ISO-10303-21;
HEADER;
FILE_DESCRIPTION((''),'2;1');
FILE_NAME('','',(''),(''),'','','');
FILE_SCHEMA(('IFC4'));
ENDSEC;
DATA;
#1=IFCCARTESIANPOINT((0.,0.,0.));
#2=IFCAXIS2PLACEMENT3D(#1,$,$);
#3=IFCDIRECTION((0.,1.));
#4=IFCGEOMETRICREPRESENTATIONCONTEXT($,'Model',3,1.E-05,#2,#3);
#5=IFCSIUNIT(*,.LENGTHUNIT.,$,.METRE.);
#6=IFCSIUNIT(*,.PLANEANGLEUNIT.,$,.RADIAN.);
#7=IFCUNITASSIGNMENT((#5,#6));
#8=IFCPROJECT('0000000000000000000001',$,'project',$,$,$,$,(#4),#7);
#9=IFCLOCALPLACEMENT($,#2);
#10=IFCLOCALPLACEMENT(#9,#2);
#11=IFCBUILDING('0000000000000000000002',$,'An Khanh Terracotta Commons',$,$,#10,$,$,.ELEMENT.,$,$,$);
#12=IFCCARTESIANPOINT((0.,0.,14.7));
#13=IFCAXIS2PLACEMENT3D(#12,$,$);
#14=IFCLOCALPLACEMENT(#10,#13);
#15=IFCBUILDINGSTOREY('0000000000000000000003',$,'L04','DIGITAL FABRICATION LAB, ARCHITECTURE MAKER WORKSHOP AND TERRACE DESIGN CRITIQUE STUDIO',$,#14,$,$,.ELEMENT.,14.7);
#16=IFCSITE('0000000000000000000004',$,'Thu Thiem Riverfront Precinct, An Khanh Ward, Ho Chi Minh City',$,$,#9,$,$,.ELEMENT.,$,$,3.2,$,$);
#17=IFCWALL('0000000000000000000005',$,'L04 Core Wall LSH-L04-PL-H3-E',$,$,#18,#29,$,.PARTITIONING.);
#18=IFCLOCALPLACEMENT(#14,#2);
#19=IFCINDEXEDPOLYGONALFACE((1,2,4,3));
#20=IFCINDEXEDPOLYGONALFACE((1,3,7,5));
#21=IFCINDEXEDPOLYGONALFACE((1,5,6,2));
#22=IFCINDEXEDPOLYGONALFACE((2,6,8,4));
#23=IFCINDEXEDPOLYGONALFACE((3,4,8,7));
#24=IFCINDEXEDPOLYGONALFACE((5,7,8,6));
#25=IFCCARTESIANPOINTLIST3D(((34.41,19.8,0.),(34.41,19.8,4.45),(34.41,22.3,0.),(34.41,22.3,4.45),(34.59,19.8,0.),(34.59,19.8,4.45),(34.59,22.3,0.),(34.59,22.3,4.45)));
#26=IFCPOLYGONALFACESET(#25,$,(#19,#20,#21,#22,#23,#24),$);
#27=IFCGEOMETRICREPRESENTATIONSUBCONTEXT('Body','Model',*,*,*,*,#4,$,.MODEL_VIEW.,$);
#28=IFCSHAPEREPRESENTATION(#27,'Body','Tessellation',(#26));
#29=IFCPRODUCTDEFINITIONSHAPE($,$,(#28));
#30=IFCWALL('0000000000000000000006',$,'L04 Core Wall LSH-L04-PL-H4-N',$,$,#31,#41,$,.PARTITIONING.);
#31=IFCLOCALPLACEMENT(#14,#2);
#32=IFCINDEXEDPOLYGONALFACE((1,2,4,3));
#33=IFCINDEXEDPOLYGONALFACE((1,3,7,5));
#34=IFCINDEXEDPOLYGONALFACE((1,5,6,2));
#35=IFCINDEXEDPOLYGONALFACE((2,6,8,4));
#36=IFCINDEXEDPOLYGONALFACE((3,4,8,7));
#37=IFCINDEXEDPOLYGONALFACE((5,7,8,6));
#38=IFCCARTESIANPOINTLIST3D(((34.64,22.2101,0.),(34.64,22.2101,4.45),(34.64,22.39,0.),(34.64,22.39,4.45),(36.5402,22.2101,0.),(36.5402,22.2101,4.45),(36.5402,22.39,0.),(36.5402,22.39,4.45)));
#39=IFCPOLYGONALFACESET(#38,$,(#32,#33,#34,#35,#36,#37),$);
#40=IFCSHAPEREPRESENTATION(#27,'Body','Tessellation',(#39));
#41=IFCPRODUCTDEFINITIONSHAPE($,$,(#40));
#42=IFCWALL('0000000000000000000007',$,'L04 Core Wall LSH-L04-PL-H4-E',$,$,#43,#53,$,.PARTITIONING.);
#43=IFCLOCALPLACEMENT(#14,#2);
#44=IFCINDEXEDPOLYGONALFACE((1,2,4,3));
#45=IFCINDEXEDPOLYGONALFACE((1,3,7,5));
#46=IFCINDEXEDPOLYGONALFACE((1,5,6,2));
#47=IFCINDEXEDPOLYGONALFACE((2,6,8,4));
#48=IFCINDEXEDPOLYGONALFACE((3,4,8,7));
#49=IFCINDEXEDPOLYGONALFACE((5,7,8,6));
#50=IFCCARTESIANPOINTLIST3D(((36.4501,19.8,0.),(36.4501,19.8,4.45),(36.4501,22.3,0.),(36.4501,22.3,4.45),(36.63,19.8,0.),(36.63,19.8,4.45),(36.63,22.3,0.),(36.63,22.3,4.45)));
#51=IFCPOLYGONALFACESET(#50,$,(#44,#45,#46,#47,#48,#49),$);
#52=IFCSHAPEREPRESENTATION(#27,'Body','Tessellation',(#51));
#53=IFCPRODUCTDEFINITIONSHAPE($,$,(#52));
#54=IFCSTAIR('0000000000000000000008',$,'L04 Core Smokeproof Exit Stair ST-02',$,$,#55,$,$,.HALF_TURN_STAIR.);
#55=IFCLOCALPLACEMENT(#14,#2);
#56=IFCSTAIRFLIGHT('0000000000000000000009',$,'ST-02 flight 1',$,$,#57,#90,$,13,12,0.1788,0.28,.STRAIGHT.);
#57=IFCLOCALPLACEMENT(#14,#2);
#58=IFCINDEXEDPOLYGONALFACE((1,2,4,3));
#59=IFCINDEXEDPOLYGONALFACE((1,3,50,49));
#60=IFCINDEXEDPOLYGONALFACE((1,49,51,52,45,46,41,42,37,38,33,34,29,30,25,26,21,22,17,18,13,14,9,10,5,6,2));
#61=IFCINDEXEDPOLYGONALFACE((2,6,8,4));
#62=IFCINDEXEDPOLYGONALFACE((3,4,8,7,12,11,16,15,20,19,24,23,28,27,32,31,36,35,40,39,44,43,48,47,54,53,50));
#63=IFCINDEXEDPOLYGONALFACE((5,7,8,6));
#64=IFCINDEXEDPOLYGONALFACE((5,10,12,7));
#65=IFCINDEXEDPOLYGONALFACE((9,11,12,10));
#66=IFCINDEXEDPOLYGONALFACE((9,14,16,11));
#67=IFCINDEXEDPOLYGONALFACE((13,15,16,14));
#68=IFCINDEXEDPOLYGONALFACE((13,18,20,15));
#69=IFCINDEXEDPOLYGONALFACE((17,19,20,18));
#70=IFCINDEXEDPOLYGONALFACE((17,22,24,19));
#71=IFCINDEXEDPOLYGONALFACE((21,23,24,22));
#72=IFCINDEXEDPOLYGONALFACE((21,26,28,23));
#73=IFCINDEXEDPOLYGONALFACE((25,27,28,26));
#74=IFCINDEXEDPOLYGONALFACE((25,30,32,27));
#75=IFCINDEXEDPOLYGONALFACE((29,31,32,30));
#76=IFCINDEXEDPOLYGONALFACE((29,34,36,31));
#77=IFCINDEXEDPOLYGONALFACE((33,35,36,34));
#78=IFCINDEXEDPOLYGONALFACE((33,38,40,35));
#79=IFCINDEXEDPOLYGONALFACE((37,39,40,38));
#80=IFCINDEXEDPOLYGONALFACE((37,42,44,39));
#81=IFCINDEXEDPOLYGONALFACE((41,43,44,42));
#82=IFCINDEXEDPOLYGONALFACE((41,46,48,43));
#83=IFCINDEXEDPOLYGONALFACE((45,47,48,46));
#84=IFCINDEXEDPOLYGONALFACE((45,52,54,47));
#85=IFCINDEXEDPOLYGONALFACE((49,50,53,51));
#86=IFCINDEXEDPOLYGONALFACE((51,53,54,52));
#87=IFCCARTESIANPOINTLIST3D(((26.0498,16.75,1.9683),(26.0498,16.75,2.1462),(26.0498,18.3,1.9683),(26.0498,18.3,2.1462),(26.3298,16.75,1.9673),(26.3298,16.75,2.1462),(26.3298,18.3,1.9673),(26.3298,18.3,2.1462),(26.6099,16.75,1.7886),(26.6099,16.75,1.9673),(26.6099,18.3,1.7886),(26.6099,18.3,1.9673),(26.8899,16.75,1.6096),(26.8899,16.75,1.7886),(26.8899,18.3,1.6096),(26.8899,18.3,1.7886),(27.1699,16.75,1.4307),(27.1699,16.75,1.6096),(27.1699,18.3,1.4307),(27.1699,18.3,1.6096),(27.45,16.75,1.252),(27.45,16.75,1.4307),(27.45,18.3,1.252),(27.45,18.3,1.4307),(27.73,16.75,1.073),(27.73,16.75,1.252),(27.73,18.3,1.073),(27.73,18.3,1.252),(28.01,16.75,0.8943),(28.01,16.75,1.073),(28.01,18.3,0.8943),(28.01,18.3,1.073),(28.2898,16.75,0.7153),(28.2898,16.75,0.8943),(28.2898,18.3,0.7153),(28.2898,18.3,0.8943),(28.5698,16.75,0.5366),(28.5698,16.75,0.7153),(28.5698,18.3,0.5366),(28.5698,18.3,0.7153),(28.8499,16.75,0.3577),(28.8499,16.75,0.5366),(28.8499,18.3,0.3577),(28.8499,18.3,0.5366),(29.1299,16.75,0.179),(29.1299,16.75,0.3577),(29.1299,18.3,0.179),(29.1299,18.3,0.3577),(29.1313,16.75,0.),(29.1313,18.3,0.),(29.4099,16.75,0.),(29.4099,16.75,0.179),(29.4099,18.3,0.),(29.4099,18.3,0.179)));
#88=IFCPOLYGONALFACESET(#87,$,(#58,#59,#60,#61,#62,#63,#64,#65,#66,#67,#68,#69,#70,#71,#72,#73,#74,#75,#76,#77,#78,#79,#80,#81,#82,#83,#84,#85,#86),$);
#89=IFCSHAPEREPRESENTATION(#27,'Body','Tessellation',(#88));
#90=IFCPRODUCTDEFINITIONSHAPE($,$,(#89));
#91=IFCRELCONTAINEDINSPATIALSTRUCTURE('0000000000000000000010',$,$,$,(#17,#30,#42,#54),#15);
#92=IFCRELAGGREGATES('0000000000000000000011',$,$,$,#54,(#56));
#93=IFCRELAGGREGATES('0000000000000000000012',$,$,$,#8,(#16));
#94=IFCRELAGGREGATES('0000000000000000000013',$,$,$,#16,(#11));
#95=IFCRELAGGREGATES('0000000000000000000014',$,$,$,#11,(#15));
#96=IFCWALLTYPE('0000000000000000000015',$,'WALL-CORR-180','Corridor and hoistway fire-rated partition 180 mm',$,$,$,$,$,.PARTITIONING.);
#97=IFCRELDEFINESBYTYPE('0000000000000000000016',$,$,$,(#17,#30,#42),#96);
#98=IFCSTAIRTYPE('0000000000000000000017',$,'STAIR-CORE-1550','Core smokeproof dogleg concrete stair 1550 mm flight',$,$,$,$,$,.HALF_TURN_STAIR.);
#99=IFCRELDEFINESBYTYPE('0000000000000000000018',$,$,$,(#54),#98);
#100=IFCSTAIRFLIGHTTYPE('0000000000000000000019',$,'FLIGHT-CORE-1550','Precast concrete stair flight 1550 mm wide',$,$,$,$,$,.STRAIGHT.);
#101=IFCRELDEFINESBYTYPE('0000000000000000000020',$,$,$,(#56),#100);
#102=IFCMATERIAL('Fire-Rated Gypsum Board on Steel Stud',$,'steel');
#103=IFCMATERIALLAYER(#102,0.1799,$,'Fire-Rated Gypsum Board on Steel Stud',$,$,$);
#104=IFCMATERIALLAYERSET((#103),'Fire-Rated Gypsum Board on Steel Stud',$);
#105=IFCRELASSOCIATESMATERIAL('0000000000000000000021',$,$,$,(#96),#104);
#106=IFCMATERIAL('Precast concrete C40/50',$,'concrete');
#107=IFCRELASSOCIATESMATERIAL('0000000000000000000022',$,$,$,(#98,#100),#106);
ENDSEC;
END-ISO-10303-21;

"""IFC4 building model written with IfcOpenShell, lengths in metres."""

from ifc_helpers import new_model, si_unit, direction, frame, frame_2d, origin, place, context, subcontext, project, spatial, polyline, rectangle, outline, extrude, material, layer, layer_set, type_object, element, aggregate, save


model = new_model("IFC4")

# Units and contexts
model_context = context("Model", 3, precision=1e-05, world=origin(), true_north=direction((0.0, 1.0)))
body_context = subcontext(model_context, "Body", "Model", "MODEL_VIEW")
ifc_project = project(units=[si_unit("LENGTHUNIT", "METRE"), si_unit("PLANEANGLEUNIT", "RADIAN")], contexts=[model_context])

# Site, building, storey
site_placement = place(None, origin())
site = spatial("IfcSite", under=ifc_project, at=site_placement, Name="Thu Thiem Riverfront Precinct, An Khanh Ward, Ho Chi Minh City", CompositionType="ELEMENT", RefElevation=3.2)
building_placement = place(site_placement, origin())
building = spatial("IfcBuilding", under=site, at=building_placement, Name="An Khanh Terracotta Commons", CompositionType="ELEMENT")
storey_placement = place(building_placement, frame((0.0, 0.0, 14.7)))
storey = spatial("IfcBuildingStorey", under=building, at=storey_placement, Name="L04", Description="DIGITAL FABRICATION LAB, ARCHITECTURE MAKER WORKSHOP AND TERRACE DESIGN CRITIQUE STUDIO", CompositionType="ELEMENT", Elevation=14.7)

# Shared definitions
ifc_material_1 = material(Name="Fire-Rated Gypsum Board on Steel Stud", Category="steel")
ifc_layer = layer(ifc_material_1, 0.1799, Name="Fire-Rated Gypsum Board on Steel Stud")
ifc_layer_set = layer_set([ifc_layer], Name="Fire-Rated Gypsum Board on Steel Stud")
wall_type = type_object("IfcWallType", Name="WALL-CORR-180", Description="Corridor and hoistway fire-rated partition 180 mm", PredefinedType="PARTITIONING", material=ifc_layer_set)

# Walls
wall_1_placement = place(storey_placement, frame((34.5, 19.8, 0.0), z_axis=(0.0, 0.0, 1.0), x_axis=(0.0, 1.0, 0.0)))
element("IfcWall", 1, at=wall_1_placement, inside=storey, type_object=wall_type, Name="L04 Core Wall LSH-L04-PL-H3-E", PredefinedType="PARTITIONING", context=body_context, shape_type="SweptSolid", body=[
    extrude(rectangle(XDim=2.5, YDim=0.1799, at=frame_2d((1.25, 0.0))), origin(), (0.0, 0.0, 1.0), 4.45),
])
wall_2_placement = place(storey_placement, frame((34.6399, 22.3, 0.0), z_axis=(0.0, 0.0, 1.0), x_axis=(1.0, 0.0, 0.0)))
element("IfcWall", 2, at=wall_2_placement, inside=storey, type_object=wall_type, Name="L04 Core Wall LSH-L04-PL-H4-N", PredefinedType="PARTITIONING", context=body_context, shape_type="SweptSolid", body=[
    extrude(rectangle(XDim=1.9001, YDim=0.1799, at=frame_2d((0.9502, 0.0))), origin(), (0.0, 0.0, 1.0), 4.45),
])
wall_3_placement = place(storey_placement, frame((36.54, 19.8, 0.0), z_axis=(0.0, 0.0, 1.0), x_axis=(0.0, 1.0, 0.0)))
element("IfcWall", 3, at=wall_3_placement, inside=storey, type_object=wall_type, Name="L04 Core Wall LSH-L04-PL-H4-E", PredefinedType="PARTITIONING", context=body_context, shape_type="SweptSolid", body=[
    extrude(rectangle(XDim=2.5, YDim=0.1799, at=frame_2d((1.25, 0.0))), origin(), (0.0, 0.0, 1.0), 4.45),
])

# Stair, stair flight
ifc_material_2 = material(Name="Precast concrete C40/50", Category="concrete")
stair_type = type_object("IfcStairType", Name="STAIR-CORE-1550", Description="Core smokeproof dogleg concrete stair 1550 mm flight", PredefinedType="HALF_TURN_STAIR", material=ifc_material_2)
stair_placement = place(storey_placement, origin())
stair = element("IfcStair", 4, at=stair_placement, inside=storey, type_object=stair_type, Name="L04 Core Smokeproof Exit Stair ST-02", PredefinedType="HALF_TURN_STAIR")
stair_flight_type = type_object("IfcStairFlightType", Name="FLIGHT-CORE-1550", Description="Precast concrete stair flight 1550 mm wide", PredefinedType="STRAIGHT", material=ifc_material_2)
stair_flight_placement = place(storey_placement, frame((29.4099, 17.5249, 0.0), z_axis=(0.0, 0.0, 1.0), x_axis=(-1.0, 0.0, 0.0)))
stair_flight = element("IfcStairFlight", 5, at=stair_flight_placement, type_object=stair_flight_type, Name="ST-02 flight 1", NumberOfRisers=13, NumberOfTreads=12, PredefinedType="STRAIGHT", RiserHeight=0.1788, TreadLength=0.28, context=body_context, shape_type="SweptSolid", body=[
    extrude(outline(polyline([(0.0, 0.0), (0.0, 0.179), (0.28, 0.179), (0.28, 0.3577), (0.5601, 0.3577), (0.5601, 0.5366), (0.8401, 0.5366), (0.8401, 0.7153), (1.1201, 0.7153), (1.1201, 0.8943), (1.3999, 0.8943), (1.3999, 1.073), (1.6799, 1.073), (1.6799, 1.252), (1.96, 1.252), (1.96, 1.4307), (2.24, 1.4307), (2.24, 1.6096), (2.52, 1.6096), (2.52, 1.7886), (2.8, 1.7886), (2.8, 1.9673), (3.0801, 1.9673), (3.0801, 2.1462), (3.3601, 2.1462), (3.3601, 2.325), (3.3601, 1.9683), (0.2786, 0.0), (0.0, 0.0)])), frame((0.0, 0.7749, 0.0), z_axis=(0.0, -1.0, 0.0), x_axis=(1.0, 0.0, 0.0)), (0.0, 0.0, 1.0), 1.55),
])
aggregate(stair, [stair_flight])

save(model, "model.ifc")
